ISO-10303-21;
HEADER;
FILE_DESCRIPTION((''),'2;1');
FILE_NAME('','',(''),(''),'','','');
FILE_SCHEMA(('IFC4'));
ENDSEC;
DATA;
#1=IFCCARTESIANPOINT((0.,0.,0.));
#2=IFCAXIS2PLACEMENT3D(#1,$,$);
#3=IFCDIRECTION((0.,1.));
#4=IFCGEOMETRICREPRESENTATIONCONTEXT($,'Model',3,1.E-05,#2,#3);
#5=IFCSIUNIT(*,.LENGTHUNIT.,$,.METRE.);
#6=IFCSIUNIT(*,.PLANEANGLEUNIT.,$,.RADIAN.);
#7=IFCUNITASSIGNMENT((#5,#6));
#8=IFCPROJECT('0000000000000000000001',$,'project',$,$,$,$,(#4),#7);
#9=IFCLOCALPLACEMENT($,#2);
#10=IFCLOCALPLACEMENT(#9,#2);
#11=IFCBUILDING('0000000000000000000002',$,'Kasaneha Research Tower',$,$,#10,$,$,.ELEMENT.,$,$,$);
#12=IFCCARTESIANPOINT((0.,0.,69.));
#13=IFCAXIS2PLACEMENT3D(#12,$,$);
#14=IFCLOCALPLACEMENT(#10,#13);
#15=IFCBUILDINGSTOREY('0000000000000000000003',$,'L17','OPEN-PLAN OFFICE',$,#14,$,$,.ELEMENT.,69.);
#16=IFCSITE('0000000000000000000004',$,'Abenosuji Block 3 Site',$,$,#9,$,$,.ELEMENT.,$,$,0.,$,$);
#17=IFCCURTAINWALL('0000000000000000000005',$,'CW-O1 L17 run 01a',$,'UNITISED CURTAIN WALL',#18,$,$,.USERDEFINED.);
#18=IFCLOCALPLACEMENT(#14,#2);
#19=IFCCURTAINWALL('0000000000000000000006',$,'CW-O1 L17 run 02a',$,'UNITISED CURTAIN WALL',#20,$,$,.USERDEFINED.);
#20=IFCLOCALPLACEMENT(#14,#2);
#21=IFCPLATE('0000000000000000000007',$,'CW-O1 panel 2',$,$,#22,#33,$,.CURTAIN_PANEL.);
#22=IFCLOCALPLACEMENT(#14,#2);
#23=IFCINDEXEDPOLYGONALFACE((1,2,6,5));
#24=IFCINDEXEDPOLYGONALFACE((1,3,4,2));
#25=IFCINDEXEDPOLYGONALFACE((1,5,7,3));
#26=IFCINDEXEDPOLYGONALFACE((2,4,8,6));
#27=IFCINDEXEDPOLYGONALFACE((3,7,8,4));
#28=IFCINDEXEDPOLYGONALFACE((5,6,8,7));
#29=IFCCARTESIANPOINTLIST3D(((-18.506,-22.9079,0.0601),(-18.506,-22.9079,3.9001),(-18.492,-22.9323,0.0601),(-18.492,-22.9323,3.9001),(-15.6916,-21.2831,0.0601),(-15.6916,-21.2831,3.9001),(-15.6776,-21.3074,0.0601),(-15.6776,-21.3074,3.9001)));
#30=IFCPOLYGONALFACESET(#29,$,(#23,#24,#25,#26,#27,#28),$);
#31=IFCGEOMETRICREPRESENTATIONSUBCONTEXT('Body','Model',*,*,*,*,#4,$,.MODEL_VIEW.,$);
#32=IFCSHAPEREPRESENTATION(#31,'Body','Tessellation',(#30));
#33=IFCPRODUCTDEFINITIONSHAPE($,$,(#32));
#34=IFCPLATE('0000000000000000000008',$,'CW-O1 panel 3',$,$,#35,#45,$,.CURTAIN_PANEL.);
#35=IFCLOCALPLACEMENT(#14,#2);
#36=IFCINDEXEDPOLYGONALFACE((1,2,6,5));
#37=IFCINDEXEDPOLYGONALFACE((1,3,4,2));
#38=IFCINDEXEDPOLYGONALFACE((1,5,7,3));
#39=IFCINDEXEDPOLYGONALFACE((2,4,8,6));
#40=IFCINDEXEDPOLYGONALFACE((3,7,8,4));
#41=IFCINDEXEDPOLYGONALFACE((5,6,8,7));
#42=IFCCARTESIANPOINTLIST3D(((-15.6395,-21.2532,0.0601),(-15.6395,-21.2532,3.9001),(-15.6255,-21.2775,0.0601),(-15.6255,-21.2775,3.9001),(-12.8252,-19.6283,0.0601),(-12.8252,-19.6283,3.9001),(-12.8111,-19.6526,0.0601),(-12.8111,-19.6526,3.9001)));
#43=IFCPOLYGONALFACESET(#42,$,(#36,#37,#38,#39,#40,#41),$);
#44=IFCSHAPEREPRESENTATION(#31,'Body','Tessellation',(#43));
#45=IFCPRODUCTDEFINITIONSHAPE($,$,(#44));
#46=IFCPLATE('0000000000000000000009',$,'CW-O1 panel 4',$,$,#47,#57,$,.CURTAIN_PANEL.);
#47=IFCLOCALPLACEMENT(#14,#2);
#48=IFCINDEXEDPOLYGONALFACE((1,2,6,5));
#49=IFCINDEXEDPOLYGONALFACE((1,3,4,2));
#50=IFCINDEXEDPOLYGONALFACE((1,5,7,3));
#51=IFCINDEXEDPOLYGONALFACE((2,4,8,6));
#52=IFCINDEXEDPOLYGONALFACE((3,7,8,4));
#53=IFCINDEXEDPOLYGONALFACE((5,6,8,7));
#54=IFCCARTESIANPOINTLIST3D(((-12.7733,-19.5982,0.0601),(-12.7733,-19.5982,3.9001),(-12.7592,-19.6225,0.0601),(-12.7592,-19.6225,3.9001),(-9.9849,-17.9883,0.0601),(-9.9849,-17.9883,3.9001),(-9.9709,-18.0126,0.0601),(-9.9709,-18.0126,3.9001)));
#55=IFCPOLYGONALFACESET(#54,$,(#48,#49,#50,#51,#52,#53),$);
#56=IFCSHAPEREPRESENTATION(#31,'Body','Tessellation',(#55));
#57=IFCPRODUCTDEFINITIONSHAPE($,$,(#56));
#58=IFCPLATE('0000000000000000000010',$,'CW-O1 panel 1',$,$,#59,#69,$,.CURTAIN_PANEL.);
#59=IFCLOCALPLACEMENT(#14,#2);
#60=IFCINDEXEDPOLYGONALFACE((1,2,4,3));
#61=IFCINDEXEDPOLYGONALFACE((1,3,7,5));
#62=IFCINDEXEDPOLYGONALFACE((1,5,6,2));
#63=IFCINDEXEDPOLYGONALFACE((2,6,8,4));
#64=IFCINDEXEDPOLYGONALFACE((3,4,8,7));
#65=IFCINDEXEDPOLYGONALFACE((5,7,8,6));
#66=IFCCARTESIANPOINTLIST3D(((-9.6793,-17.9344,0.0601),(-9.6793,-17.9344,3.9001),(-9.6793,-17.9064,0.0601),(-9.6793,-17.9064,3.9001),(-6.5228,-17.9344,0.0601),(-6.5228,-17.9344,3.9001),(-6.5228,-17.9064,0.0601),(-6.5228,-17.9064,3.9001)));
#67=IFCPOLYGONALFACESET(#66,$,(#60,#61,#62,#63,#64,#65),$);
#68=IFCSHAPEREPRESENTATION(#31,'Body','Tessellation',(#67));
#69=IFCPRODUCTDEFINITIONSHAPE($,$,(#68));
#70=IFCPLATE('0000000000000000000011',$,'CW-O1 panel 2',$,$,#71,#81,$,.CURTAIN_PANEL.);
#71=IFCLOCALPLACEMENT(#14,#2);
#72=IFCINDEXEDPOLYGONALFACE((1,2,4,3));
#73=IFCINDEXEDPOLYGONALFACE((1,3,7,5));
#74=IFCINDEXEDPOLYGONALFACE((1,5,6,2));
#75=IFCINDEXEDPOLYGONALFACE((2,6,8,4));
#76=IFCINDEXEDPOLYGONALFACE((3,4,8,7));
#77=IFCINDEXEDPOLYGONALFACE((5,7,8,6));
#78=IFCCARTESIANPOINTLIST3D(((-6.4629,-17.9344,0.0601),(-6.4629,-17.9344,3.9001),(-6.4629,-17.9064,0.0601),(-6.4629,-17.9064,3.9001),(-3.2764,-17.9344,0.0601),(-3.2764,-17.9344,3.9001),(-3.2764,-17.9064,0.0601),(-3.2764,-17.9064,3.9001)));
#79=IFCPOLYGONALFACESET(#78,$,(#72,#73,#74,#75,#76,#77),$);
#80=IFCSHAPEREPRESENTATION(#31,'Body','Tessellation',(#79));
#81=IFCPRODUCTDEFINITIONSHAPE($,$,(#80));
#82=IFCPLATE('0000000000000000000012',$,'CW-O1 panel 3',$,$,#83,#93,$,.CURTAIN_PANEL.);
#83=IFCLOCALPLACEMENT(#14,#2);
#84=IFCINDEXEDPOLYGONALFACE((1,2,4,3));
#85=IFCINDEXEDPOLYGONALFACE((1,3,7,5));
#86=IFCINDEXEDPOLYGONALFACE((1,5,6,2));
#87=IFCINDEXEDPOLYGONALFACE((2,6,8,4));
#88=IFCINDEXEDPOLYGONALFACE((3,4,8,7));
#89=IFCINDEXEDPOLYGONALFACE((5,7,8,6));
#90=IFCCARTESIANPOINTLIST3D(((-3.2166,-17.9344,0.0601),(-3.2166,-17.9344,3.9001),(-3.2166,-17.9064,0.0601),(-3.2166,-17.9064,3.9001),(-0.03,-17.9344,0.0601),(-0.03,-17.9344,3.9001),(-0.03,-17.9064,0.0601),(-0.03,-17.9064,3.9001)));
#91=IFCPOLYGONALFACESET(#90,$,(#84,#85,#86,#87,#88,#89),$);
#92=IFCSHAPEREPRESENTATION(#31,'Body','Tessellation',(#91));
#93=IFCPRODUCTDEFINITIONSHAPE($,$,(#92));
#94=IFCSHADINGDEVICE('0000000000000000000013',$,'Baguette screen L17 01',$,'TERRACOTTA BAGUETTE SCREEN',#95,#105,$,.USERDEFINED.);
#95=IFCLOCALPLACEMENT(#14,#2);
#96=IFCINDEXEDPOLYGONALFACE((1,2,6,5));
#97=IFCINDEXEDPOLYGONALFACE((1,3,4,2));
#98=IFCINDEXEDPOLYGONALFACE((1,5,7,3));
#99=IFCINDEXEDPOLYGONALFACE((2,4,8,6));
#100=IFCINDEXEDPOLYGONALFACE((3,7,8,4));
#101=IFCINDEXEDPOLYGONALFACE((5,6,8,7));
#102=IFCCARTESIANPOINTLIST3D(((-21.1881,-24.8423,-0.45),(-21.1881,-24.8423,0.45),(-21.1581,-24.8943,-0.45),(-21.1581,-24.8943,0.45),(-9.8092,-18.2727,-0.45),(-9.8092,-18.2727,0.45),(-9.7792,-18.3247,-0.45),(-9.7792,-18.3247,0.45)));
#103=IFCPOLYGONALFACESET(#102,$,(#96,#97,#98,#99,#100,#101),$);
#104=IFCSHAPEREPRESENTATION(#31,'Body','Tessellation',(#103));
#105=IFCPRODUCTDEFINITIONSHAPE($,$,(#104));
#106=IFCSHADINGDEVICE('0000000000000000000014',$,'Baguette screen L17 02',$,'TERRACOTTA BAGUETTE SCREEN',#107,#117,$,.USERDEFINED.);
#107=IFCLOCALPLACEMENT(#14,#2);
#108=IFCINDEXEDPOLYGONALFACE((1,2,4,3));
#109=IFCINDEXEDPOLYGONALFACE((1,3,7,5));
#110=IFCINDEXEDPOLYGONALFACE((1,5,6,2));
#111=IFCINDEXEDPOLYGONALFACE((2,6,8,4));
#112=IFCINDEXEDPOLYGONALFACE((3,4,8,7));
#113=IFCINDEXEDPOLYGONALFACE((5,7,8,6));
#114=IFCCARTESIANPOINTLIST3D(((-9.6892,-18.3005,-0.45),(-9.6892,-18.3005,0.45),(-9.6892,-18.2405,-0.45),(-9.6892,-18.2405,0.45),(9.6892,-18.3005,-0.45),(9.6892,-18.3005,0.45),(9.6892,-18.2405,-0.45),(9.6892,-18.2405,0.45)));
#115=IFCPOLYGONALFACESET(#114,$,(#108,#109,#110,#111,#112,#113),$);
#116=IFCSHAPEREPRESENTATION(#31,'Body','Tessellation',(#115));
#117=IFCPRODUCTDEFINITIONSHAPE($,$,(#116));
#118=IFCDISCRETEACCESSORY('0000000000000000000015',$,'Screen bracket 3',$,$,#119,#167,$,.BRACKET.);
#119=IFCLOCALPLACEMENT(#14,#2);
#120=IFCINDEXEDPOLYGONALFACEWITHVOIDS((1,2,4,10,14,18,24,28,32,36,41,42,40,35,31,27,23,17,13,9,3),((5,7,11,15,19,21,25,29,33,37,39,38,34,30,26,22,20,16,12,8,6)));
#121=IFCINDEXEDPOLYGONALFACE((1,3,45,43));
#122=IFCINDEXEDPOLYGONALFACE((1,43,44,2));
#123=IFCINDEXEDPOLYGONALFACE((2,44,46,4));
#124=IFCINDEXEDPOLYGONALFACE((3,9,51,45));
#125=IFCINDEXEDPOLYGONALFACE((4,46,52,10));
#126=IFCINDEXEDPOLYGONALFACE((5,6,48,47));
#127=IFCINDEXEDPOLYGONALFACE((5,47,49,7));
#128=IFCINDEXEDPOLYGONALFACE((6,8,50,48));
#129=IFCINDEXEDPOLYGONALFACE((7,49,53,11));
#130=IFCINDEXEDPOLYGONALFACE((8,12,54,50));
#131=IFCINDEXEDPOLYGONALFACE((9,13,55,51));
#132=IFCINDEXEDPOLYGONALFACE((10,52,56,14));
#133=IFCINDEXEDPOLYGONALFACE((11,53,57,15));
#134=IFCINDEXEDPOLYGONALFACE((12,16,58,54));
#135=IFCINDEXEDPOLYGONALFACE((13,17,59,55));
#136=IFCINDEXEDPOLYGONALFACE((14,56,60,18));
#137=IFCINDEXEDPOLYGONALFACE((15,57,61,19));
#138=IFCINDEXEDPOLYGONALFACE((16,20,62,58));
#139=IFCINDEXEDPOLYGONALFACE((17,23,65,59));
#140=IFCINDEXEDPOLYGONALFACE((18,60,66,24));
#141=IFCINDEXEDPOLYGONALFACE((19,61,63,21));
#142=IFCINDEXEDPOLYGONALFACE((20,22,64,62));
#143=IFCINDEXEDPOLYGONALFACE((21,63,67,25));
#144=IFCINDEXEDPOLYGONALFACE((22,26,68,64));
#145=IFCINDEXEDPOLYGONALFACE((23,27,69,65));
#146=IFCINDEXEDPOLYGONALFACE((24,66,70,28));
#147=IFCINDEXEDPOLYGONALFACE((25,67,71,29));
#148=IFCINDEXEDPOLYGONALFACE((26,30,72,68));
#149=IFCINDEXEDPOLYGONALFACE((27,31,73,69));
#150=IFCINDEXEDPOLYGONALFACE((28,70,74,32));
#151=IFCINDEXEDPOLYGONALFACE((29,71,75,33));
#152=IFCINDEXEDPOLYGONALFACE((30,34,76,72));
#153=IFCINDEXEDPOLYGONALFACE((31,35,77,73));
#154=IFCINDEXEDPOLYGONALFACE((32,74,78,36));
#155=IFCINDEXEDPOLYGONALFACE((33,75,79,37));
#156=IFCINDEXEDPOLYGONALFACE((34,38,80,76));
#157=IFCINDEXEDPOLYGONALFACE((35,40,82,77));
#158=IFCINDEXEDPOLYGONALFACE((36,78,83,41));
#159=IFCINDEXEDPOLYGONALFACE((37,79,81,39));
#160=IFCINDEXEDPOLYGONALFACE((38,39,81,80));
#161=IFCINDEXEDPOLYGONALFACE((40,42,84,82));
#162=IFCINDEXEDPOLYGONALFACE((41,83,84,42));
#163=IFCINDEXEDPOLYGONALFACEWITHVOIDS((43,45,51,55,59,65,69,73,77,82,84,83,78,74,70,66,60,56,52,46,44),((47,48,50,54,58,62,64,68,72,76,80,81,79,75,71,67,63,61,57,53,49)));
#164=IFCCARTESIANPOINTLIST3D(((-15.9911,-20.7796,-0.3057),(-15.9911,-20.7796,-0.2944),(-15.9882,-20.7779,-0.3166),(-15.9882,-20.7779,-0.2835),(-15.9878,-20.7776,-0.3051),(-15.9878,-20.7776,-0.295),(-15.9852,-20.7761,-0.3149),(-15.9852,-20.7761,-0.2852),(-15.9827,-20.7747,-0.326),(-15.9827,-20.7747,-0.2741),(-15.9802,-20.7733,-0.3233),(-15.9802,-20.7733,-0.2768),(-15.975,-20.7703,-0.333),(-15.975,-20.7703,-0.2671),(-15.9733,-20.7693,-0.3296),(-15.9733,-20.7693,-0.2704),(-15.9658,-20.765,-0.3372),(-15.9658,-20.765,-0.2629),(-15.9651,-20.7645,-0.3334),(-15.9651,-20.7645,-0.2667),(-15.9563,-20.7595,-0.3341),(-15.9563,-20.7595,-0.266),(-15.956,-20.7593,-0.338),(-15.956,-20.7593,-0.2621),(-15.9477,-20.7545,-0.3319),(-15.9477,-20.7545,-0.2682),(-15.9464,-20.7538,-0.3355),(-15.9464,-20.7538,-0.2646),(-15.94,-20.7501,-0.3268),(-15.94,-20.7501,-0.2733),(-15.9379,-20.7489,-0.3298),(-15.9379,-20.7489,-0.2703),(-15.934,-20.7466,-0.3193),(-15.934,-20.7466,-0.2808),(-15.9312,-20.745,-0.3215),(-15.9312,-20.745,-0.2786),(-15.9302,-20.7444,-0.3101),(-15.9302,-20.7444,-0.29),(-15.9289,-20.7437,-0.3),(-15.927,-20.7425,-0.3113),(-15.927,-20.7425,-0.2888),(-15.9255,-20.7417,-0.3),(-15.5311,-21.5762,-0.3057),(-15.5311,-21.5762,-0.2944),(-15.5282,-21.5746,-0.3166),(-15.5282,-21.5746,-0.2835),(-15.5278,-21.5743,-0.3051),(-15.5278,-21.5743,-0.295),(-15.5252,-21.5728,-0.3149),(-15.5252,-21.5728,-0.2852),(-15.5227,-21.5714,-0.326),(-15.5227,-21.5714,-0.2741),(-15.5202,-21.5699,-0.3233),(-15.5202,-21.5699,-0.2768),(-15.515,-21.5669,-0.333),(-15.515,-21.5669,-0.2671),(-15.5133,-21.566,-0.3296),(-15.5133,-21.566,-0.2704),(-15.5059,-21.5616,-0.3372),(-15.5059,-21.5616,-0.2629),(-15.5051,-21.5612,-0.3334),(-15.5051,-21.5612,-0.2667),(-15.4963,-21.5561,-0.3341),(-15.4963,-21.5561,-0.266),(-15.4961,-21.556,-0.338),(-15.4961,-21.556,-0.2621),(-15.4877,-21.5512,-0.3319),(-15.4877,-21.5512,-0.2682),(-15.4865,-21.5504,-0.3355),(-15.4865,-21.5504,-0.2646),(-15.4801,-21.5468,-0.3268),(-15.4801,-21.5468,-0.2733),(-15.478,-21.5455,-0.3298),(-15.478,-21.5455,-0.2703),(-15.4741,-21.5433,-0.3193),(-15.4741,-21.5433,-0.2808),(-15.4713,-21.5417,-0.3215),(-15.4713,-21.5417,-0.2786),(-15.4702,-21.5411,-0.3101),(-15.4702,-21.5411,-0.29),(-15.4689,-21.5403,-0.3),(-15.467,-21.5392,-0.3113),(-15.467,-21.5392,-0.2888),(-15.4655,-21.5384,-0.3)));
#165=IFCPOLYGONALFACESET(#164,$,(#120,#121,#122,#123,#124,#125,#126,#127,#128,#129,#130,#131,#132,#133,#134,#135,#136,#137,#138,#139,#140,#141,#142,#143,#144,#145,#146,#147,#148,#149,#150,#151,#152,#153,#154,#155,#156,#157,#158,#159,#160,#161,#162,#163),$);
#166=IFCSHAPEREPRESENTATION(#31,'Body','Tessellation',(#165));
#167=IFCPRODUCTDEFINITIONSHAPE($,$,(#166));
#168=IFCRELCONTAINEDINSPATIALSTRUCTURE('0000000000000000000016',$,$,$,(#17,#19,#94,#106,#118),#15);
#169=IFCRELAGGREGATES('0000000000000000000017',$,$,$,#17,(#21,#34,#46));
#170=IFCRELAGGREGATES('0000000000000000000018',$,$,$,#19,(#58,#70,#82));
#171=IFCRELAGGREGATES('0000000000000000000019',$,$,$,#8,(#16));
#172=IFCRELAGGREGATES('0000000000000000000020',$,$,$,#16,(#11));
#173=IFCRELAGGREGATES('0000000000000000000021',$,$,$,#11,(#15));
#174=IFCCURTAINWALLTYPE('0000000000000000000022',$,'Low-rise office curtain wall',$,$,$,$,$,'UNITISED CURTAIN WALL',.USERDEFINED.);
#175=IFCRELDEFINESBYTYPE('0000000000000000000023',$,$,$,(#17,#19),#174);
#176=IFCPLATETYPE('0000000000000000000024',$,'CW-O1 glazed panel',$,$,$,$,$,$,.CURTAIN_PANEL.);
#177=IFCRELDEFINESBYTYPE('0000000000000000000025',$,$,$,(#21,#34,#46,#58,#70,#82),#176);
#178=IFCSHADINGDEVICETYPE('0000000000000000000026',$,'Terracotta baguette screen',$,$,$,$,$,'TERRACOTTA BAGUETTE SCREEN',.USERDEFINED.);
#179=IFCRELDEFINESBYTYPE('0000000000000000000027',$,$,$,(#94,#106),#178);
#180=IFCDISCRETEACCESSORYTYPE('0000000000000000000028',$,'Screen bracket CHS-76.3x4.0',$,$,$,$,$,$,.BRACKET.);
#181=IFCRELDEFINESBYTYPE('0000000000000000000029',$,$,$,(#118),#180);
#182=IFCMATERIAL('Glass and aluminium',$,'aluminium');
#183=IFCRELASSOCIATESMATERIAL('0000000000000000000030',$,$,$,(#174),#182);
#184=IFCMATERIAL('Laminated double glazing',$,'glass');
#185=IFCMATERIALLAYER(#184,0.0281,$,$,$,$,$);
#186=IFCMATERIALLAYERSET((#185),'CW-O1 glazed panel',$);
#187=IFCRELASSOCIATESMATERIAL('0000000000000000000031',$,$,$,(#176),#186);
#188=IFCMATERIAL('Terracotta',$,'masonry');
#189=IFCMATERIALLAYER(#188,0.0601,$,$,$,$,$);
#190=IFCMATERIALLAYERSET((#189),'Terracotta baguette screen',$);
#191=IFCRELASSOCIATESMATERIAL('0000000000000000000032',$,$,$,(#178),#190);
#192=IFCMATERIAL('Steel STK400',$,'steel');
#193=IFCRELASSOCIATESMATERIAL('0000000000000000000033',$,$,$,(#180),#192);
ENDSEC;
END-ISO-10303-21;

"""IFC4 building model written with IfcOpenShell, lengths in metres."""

from ifc_helpers import new_model, si_unit, direction, frame, origin, origin_2d, place, context, subcontext, project, spatial, rectangle, hollow_circle, extrude, material, layer, layer_set, material_profile, profile_set, type_object, element, aggregate, save


model = new_model("IFC4")

# Units and contexts
model_context = context("Model", 3, precision=1e-05, world=origin(), true_north=direction((0.0, 1.0)))
body_context = subcontext(model_context, "Body", "Model", "MODEL_VIEW")
ifc_project = project(units=[si_unit("LENGTHUNIT", "METRE"), si_unit("PLANEANGLEUNIT", "RADIAN")], contexts=[model_context])

# Site, building, storey
site_placement = place(None, origin())
site = spatial("IfcSite", under=ifc_project, at=site_placement, Name="Abenosuji Block 3 Site", CompositionType="ELEMENT", RefElevation=0.0)
building_placement = place(site_placement, origin())
building = spatial("IfcBuilding", under=site, at=building_placement, Name="Kasaneha Research Tower", CompositionType="ELEMENT")
storey_placement = place(building_placement, frame((0.0, 0.0, 69.0)))
storey = spatial("IfcBuildingStorey", under=building, at=storey_placement, Name="L17", Description="OPEN-PLAN OFFICE", CompositionType="ELEMENT", Elevation=69.0)

# Curtain walls
ifc_material_1 = material(Name="Glass and aluminium", Category="aluminium")
curtain_wall_type = type_object("IfcCurtainWallType", Name="Low-rise office curtain wall", ElementType="UNITISED CURTAIN WALL", PredefinedType="USERDEFINED", material=ifc_material_1)
curtain_wall_1_placement = place(storey_placement, origin())
curtain_wall_1 = element("IfcCurtainWall", 1, at=curtain_wall_1_placement, inside=storey, type_object=curtain_wall_type, Name="CW-O1 L17 run 01a", ObjectType="UNITISED CURTAIN WALL", PredefinedType="USERDEFINED")
curtain_wall_2_placement = place(storey_placement, origin())
curtain_wall_2 = element("IfcCurtainWall", 2, at=curtain_wall_2_placement, inside=storey, type_object=curtain_wall_type, Name="CW-O1 L17 run 02a", ObjectType="UNITISED CURTAIN WALL", PredefinedType="USERDEFINED")

# Plates
ifc_material_2 = material(Name="Laminated double glazing", Category="glass")
ifc_layer_1 = layer(ifc_material_2, 0.0281)
ifc_layer_set_1 = layer_set([ifc_layer_1], Name="CW-O1 glazed panel")
plate_type = type_object("IfcPlateType", Name="CW-O1 glazed panel", PredefinedType="CURTAIN_PANEL", material=ifc_layer_set_1)
plate_1_placement = place(storey_placement, frame((-17.0918, -22.1077, 0.0601), z_axis=(0.0, 0.0, 1.0), x_axis=(0.866025, 0.5, 0.0)))
plate_1 = element("IfcPlate", 3, at=plate_1_placement, type_object=plate_type, Name="CW-O1 panel 2", PredefinedType="CURTAIN_PANEL", context=body_context, shape_type="SweptSolid", body=[
    extrude(rectangle(XDim=3.2498, YDim=0.0281, at=origin_2d()), origin(), (0.0, 0.0, 1.0), 3.8401),
])
plate_2_placement = place(storey_placement, frame((-14.2253, -20.4529, 0.0601), z_axis=(0.0, 0.0, 1.0), x_axis=(0.866025, 0.5, 0.0)))
plate_2 = element("IfcPlate", 4, at=plate_2_placement, type_object=plate_type, Name="CW-O1 panel 3", PredefinedType="CURTAIN_PANEL", context=body_context, shape_type="SweptSolid", body=[
    extrude(rectangle(XDim=3.2498, YDim=0.0281, at=origin_2d()), origin(), (0.0, 0.0, 1.0), 3.8401),
])
plate_3_placement = place(storey_placement, frame((-11.3721, -18.8054, 0.0601), z_axis=(0.0, 0.0, 1.0), x_axis=(0.866025, 0.5, 0.0)))
plate_3 = element("IfcPlate", 5, at=plate_3_placement, type_object=plate_type, Name="CW-O1 panel 4", PredefinedType="CURTAIN_PANEL", context=body_context, shape_type="SweptSolid", body=[
    extrude(rectangle(XDim=3.2197, YDim=0.0281, at=origin_2d()), origin(), (0.0, 0.0, 1.0), 3.8401),
])
aggregate(curtain_wall_1, [plate_1, plate_2, plate_3])
plate_4_placement = place(storey_placement, frame((-8.1011, -17.9204, 0.0601), z_axis=(0.0, 0.0, 1.0), x_axis=(1.0, 0.0, 0.0)))
plate_4 = element("IfcPlate", 6, at=plate_4_placement, type_object=plate_type, Name="CW-O1 panel 1", PredefinedType="CURTAIN_PANEL", context=body_context, shape_type="SweptSolid", body=[
    extrude(rectangle(XDim=3.1565, YDim=0.0281, at=origin_2d()), origin(), (0.0, 0.0, 1.0), 3.8401),
])
plate_5_placement = place(storey_placement, frame((-4.8696, -17.9204, 0.0601), z_axis=(0.0, 0.0, 1.0), x_axis=(1.0, 0.0, 0.0)))
plate_5 = element("IfcPlate", 7, at=plate_5_placement, type_object=plate_type, Name="CW-O1 panel 2", PredefinedType="CURTAIN_PANEL", context=body_context, shape_type="SweptSolid", body=[
    extrude(rectangle(XDim=3.1865, YDim=0.0281, at=origin_2d()), origin(), (0.0, 0.0, 1.0), 3.8401),
])
plate_6_placement = place(storey_placement, frame((-1.6233, -17.9204, 0.0601), z_axis=(0.0, 0.0, 1.0), x_axis=(1.0, 0.0, 0.0)))
plate_6 = element("IfcPlate", 8, at=plate_6_placement, type_object=plate_type, Name="CW-O1 panel 3", PredefinedType="CURTAIN_PANEL", context=body_context, shape_type="SweptSolid", body=[
    extrude(rectangle(XDim=3.1865, YDim=0.0281, at=origin_2d()), origin(), (0.0, 0.0, 1.0), 3.8401),
])
aggregate(curtain_wall_2, [plate_4, plate_5, plate_6])

# Shading devices
ifc_material_3 = material(Name="Terracotta", Category="masonry")
ifc_layer_2 = layer(ifc_material_3, 0.0601)
ifc_layer_set_2 = layer_set([ifc_layer_2], Name="Terracotta baguette screen")
shading_device_type = type_object("IfcShadingDeviceType", Name="Terracotta baguette screen", ElementType="TERRACOTTA BAGUETTE SCREEN", PredefinedType="USERDEFINED", material=ifc_layer_set_2)
shading_device_1_placement = place(storey_placement, frame((-15.4836, -21.5835, -0.45), z_axis=(0.0, 0.0, 1.0), x_axis=(0.866025, 0.5, 0.0)))
element("IfcShadingDevice", 9, at=shading_device_1_placement, inside=storey, type_object=shading_device_type, Name="Baguette screen L17 01", ObjectType="TERRACOTTA BAGUETTE SCREEN", PredefinedType="USERDEFINED", context=body_context, shape_type="SweptSolid", body=[
    extrude(rectangle(XDim=13.1392, YDim=0.0601, at=origin_2d()), origin(), (0.0, 0.0, 1.0), 0.8999),
])
shading_device_2_placement = place(storey_placement, frame((0.0, -18.2705, -0.45), z_axis=(0.0, 0.0, 1.0), x_axis=(1.0, 0.0, 0.0)))
element("IfcShadingDevice", 10, at=shading_device_2_placement, inside=storey, type_object=shading_device_type, Name="Baguette screen L17 02", ObjectType="TERRACOTTA BAGUETTE SCREEN", PredefinedType="USERDEFINED", context=body_context, shape_type="SweptSolid", body=[
    extrude(rectangle(XDim=19.3784, YDim=0.0601, at=origin_2d()), origin(), (0.0, 0.0, 1.0), 0.8999),
])

# Discrete accessory
ifc_material_4 = material(Name="Steel STK400", Category="steel")
ifc_material_profile_1 = material_profile(ifc_material_4, hollow_circle(Radius=0.0381, WallThickness=0.0039, at=origin_2d()), Name="CHS-76.3x4.0")
ifc_profile_set_1 = profile_set([ifc_material_profile_1], Name="Steel STK400")
discrete_accessory_type = type_object("IfcDiscreteAccessoryType", Name="Screen bracket CHS-76.3x4.0", PredefinedType="BRACKET", material=ifc_profile_set_1)
discrete_accessory_1_placement = place(storey_placement, frame((-15.9585, -20.7607, -0.3), z_axis=(0.500021, -0.866013, 0.0), x_axis=(0.866013, 0.500021, 0.0)))
element("IfcDiscreteAccessory", 11, at=discrete_accessory_1_placement, inside=storey, type_object=discrete_accessory_type, Name="Screen bracket 3", PredefinedType="BRACKET", context=body_context, shape_type="SweptSolid", body=[
    extrude(hollow_circle(Radius=0.0381, WallThickness=0.0039, at=origin_2d()), origin(), (0.0, 0.0, 1.0), 0.9199),
])

save(model, "model.ifc")
